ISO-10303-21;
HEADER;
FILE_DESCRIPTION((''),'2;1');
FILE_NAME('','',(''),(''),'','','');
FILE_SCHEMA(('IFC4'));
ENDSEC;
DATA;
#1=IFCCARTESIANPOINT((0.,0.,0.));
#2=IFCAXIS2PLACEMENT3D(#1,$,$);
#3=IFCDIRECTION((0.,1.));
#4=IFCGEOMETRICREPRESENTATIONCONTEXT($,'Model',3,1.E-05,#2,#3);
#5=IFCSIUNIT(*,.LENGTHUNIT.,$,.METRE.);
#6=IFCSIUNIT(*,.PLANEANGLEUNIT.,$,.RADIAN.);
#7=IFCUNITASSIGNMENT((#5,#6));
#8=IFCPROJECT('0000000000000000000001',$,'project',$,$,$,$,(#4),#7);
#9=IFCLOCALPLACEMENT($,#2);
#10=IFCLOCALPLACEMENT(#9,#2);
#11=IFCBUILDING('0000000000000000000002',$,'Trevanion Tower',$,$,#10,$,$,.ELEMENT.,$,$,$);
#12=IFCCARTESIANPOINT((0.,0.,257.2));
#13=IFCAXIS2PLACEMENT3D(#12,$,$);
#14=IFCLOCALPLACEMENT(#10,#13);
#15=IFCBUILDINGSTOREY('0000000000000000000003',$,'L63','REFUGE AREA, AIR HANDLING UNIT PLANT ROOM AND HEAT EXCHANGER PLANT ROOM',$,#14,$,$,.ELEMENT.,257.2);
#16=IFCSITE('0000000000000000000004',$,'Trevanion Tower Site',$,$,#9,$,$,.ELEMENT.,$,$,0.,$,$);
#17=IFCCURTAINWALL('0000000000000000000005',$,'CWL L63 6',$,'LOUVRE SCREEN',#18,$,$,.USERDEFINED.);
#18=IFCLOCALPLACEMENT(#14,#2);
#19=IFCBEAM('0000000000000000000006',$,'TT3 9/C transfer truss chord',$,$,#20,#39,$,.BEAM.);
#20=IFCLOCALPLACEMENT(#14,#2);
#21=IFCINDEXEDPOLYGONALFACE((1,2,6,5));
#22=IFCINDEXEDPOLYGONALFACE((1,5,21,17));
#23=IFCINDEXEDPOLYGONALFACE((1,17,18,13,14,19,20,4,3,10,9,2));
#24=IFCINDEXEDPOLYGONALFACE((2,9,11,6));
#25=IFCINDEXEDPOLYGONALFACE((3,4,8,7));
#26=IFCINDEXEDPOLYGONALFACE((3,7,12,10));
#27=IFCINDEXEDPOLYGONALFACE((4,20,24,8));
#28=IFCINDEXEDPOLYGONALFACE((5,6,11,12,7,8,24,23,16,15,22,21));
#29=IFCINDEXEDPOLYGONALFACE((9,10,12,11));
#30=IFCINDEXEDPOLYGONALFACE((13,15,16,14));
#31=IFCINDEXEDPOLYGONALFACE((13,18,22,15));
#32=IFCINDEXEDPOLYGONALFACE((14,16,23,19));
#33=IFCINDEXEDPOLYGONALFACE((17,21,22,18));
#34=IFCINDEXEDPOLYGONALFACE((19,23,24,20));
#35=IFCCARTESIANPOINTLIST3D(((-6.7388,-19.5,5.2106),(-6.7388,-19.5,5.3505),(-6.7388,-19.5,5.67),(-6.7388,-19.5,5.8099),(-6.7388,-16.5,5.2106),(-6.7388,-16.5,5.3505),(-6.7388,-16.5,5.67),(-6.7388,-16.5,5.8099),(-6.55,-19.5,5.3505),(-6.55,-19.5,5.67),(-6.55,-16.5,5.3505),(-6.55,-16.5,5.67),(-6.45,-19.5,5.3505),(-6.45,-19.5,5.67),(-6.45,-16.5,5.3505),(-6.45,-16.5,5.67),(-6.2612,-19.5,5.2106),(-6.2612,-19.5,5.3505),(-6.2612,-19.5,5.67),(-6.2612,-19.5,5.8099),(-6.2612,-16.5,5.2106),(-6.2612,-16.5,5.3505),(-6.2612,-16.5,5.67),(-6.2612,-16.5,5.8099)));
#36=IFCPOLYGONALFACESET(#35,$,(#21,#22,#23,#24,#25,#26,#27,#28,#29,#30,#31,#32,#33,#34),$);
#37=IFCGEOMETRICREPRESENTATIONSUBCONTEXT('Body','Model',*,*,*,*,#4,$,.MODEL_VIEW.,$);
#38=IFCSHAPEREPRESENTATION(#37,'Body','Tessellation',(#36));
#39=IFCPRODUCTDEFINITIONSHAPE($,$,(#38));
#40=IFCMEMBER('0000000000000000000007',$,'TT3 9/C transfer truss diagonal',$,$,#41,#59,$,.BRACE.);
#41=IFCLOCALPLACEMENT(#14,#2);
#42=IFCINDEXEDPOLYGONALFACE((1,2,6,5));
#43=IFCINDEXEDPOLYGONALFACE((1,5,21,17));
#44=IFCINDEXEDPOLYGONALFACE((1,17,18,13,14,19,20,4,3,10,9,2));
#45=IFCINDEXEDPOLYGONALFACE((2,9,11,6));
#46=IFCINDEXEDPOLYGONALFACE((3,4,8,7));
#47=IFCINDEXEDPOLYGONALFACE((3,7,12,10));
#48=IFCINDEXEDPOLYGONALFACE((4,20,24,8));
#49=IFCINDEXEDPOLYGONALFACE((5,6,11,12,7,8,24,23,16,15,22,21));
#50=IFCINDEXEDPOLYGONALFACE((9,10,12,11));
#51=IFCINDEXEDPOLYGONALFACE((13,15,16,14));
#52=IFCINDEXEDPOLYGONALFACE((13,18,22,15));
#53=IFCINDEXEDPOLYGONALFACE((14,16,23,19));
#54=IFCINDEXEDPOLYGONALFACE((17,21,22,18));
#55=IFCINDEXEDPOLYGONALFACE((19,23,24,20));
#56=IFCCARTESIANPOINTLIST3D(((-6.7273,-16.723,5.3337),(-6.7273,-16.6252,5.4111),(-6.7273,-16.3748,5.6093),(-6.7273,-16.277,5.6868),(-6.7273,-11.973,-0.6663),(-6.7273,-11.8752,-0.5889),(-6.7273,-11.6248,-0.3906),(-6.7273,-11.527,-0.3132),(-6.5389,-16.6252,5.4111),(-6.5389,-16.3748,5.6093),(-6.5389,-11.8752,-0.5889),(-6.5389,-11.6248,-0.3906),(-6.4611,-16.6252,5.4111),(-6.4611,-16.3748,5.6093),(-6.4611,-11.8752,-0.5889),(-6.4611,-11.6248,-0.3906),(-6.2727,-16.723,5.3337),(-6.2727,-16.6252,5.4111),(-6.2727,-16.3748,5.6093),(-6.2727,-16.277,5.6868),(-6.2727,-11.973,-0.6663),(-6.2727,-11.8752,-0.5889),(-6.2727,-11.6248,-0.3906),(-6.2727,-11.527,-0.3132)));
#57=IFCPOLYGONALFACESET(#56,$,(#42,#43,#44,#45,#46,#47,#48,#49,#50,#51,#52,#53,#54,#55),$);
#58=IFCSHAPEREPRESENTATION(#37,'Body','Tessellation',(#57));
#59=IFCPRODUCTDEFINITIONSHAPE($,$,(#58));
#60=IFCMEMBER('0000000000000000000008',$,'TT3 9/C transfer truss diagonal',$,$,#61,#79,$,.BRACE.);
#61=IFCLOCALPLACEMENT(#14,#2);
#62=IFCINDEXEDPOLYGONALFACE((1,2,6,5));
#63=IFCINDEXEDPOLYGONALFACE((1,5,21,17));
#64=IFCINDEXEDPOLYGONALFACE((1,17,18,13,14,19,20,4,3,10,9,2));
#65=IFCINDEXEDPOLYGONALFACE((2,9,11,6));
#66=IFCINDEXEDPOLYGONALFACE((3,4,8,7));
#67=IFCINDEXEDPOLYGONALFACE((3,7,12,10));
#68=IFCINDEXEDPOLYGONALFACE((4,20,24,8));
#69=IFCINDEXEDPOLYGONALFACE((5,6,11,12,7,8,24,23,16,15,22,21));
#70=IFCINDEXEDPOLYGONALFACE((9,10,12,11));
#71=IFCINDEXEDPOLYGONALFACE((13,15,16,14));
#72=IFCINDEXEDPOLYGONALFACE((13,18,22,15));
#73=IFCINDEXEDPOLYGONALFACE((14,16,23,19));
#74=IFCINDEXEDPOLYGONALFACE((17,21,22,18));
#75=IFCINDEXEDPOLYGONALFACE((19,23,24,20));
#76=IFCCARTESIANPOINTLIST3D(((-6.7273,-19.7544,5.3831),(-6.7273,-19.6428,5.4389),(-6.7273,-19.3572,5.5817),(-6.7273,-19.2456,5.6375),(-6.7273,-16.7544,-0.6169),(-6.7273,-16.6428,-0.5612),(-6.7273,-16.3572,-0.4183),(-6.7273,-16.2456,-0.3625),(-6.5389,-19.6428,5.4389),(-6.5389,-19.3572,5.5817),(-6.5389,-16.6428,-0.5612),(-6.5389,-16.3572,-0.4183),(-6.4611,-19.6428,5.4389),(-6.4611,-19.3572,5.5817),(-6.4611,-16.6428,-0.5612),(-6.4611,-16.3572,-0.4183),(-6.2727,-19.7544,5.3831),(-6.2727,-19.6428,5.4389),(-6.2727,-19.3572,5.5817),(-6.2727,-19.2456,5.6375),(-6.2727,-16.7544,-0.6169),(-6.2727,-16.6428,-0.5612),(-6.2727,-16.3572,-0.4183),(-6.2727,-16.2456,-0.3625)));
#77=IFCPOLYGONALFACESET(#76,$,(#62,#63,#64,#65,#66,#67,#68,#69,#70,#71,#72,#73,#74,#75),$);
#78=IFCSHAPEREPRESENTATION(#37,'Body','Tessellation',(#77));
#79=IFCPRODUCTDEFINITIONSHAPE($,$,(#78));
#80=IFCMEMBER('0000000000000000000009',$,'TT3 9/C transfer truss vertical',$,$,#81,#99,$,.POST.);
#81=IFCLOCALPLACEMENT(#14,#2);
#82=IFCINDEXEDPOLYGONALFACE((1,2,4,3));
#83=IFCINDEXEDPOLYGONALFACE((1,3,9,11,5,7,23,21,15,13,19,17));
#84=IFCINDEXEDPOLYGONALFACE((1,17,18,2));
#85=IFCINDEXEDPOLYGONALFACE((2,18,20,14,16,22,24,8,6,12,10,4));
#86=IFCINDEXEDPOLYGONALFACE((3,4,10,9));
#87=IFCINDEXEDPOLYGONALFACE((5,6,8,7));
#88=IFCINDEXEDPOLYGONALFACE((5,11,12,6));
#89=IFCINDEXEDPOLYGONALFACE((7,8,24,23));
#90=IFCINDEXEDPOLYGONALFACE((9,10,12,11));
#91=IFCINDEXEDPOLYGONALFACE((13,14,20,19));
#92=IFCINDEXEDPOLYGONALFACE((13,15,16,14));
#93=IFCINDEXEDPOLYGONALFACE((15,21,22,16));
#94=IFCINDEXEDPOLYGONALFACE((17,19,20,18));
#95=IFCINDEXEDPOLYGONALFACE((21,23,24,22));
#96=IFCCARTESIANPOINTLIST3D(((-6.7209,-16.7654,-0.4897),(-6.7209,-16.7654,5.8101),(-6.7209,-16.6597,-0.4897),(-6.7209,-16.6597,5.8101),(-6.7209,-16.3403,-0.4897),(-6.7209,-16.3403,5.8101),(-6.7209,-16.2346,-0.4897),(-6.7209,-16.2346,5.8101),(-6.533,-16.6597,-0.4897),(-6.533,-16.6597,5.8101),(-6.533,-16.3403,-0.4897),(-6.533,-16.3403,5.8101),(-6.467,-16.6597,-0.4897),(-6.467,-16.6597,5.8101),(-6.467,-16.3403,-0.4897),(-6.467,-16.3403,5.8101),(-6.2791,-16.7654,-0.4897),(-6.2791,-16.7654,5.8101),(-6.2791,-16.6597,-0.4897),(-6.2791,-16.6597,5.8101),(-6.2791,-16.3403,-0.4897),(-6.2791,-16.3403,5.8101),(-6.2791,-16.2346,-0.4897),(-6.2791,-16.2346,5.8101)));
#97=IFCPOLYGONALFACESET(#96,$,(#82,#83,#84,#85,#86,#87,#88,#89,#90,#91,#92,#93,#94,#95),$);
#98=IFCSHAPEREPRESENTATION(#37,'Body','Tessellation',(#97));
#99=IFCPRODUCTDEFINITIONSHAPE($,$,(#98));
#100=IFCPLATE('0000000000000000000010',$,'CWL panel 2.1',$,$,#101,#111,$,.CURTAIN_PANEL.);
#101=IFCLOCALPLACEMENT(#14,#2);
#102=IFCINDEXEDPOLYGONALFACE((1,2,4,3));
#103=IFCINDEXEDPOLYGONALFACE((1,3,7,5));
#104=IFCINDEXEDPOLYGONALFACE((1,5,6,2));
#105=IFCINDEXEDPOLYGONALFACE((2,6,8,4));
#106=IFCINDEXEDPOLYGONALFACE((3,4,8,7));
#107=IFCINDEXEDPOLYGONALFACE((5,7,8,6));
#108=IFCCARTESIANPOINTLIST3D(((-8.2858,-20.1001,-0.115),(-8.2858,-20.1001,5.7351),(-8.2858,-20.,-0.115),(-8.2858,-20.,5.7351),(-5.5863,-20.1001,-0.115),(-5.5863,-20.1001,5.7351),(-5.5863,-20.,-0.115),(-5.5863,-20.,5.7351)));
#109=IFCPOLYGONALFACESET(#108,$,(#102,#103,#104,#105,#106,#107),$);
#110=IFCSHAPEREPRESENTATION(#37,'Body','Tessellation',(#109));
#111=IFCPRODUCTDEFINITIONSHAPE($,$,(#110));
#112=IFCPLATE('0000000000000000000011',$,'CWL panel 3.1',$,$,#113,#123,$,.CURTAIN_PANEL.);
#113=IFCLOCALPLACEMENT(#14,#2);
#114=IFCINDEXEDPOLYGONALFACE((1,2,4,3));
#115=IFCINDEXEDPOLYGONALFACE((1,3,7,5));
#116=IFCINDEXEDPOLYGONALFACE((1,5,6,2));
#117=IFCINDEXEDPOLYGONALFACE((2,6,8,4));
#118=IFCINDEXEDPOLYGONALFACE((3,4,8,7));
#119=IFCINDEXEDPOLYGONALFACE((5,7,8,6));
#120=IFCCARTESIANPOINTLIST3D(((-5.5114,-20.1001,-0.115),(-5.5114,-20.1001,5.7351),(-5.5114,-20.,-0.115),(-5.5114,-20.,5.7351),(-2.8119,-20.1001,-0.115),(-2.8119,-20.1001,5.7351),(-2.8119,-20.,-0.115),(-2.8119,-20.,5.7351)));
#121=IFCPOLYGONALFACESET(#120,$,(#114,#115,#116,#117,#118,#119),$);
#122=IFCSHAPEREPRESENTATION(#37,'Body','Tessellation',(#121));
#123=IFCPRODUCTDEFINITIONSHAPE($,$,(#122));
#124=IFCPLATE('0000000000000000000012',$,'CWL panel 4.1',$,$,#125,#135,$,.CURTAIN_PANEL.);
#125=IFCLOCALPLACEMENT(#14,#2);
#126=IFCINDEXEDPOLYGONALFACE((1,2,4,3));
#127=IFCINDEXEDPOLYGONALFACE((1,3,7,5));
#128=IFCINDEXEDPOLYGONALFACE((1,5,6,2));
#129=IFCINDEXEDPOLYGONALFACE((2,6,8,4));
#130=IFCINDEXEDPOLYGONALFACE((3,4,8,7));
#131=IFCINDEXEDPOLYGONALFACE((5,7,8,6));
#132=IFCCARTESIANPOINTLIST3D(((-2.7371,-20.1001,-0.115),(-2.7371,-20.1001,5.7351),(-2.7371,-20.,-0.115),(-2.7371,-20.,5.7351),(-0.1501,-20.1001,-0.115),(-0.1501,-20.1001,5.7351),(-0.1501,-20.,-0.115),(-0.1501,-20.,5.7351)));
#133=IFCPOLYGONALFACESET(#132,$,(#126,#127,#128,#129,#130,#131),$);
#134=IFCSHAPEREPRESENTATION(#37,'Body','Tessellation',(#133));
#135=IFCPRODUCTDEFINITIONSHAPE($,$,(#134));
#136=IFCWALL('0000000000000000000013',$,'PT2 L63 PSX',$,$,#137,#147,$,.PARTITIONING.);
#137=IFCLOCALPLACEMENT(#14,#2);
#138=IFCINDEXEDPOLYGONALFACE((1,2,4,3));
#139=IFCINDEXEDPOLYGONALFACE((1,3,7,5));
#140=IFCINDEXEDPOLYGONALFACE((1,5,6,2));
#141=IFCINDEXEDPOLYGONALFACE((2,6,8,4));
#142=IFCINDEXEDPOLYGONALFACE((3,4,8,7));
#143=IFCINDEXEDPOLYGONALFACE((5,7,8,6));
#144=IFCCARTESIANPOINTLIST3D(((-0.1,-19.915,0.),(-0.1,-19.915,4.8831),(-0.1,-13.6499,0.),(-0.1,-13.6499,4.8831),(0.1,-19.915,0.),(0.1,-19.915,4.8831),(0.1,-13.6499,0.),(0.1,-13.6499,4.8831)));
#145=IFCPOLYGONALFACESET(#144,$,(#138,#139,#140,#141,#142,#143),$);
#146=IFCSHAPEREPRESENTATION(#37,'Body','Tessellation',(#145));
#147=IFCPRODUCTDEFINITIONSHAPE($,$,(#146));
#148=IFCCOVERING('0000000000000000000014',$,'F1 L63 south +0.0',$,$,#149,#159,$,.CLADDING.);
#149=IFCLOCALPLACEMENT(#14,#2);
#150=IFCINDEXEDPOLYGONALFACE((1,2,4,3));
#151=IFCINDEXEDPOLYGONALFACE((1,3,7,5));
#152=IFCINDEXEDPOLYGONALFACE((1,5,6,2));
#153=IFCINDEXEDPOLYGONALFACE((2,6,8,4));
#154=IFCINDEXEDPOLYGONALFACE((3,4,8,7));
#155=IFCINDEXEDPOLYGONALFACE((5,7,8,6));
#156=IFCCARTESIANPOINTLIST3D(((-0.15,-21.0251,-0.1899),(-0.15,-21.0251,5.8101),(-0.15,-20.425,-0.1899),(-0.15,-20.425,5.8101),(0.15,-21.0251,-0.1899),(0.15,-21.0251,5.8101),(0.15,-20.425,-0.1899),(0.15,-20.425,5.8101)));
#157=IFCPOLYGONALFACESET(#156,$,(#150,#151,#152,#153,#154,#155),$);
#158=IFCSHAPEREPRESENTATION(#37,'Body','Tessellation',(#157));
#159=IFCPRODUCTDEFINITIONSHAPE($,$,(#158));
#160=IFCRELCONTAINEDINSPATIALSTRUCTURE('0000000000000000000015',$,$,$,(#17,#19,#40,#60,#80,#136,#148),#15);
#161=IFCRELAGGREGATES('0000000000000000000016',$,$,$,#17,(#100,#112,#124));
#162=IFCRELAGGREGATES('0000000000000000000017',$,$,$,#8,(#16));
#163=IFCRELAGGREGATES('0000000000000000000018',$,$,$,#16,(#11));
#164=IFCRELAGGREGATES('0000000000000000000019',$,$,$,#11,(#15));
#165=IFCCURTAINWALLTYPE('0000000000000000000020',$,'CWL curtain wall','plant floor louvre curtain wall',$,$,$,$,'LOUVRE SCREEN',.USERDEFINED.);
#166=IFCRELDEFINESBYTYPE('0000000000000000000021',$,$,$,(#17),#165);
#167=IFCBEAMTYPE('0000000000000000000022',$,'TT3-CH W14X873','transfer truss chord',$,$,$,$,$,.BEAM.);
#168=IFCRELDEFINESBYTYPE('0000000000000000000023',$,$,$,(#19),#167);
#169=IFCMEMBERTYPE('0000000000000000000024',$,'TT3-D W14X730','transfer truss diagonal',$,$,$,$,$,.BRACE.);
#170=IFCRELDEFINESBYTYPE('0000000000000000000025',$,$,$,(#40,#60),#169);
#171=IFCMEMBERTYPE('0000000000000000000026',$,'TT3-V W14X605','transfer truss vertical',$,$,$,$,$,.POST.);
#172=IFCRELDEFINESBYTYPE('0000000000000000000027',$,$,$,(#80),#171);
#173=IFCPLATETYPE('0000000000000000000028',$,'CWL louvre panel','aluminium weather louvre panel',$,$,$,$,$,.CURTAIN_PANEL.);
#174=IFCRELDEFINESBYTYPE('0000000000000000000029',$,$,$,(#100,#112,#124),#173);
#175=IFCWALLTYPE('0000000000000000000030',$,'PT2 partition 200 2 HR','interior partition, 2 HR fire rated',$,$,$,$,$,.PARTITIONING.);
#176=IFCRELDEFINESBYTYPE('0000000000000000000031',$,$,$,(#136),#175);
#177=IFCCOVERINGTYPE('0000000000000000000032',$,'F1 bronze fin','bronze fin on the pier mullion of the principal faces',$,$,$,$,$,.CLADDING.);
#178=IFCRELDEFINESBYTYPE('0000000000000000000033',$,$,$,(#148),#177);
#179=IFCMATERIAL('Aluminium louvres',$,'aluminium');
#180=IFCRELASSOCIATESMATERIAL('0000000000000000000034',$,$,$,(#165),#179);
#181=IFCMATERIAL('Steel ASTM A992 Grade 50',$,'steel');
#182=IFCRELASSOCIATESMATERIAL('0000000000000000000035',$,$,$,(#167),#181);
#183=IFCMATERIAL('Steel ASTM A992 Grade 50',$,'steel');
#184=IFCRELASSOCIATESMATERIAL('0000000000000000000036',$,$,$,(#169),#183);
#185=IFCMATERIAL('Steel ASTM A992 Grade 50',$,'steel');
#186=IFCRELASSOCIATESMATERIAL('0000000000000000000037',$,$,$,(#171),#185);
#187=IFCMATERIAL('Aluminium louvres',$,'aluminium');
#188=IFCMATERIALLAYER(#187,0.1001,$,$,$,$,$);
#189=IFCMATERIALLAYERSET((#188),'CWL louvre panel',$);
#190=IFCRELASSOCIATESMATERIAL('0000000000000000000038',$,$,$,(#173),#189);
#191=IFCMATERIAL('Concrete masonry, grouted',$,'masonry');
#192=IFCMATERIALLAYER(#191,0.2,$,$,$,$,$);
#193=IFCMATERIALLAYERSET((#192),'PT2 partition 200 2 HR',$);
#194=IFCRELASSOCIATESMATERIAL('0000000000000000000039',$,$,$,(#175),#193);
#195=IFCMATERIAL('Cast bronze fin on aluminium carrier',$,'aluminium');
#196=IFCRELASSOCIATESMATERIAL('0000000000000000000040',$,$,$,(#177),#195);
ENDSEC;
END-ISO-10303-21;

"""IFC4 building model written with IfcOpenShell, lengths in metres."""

from ifc_helpers import new_model, si_unit, direction, frame, frame_2d, origin, origin_2d, place, context, subcontext, project, spatial, rectangle, i_section, extrude, material, layer, layer_set, material_profile, profile_set, type_object, element, aggregate, save


model = new_model("IFC4")

# Units and contexts
model_context = context("Model", 3, precision=1e-05, world=origin(), true_north=direction((0.0, 1.0)))
body_context = subcontext(model_context, "Body", "Model", "MODEL_VIEW")
ifc_project = project(units=[si_unit("LENGTHUNIT", "METRE"), si_unit("PLANEANGLEUNIT", "RADIAN")], contexts=[model_context])

# Site, building, storey
site_placement = place(None, origin())
site = spatial("IfcSite", under=ifc_project, at=site_placement, Name="Trevanion Tower Site", CompositionType="ELEMENT", RefElevation=0.0)
building_placement = place(site_placement, origin())
building = spatial("IfcBuilding", under=site, at=building_placement, Name="Trevanion Tower", CompositionType="ELEMENT")
storey_placement = place(building_placement, frame((0.0, 0.0, 257.2)))
storey = spatial("IfcBuildingStorey", under=building, at=storey_placement, Name="L63", Description="REFUGE AREA, AIR HANDLING UNIT PLANT ROOM AND HEAT EXCHANGER PLANT ROOM", CompositionType="ELEMENT", Elevation=257.2)

# Curtain wall
ifc_material_1 = material(Name="Aluminium louvres", Category="aluminium")
curtain_wall_type = type_object("IfcCurtainWallType", Name="CWL curtain wall", Description="plant floor louvre curtain wall", ElementType="LOUVRE SCREEN", PredefinedType="USERDEFINED", material=ifc_material_1)
curtain_wall_placement = place(storey_placement, origin())
curtain_wall = element("IfcCurtainWall", 1, at=curtain_wall_placement, inside=storey, type_object=curtain_wall_type, Name="CWL L63 6", ObjectType="LOUVRE SCREEN", PredefinedType="USERDEFINED")

# Beam
ifc_material_2 = material(Name="Steel ASTM A992 Grade 50", Category="steel")
ifc_material_profile_1 = material_profile(ifc_material_2, i_section(OverallWidth=0.4775, OverallDepth=0.5994, WebThickness=0.1001, FlangeThickness=0.1399, at=origin_2d()), Name="W14X873")
ifc_profile_set_1 = profile_set([ifc_material_profile_1], Name="Steel ASTM A992 Grade 50")
beam_type_1 = type_object("IfcBeamType", Name="TT3-CH W14X873", Description="transfer truss chord", PredefinedType="BEAM", material=ifc_profile_set_1)
beam_1_placement = place(storey_placement, frame((-6.5, -16.5, 5.5103), z_axis=(0.0, -1.0, 0.0), x_axis=(1.0, 0.0, 0.0)))
element("IfcBeam", 2, at=beam_1_placement, inside=storey, type_object=beam_type_1, Name="TT3 9/C transfer truss chord", PredefinedType="BEAM", context=body_context, shape_type="SweptSolid", body=[
    extrude(i_section(OverallWidth=0.4775, OverallDepth=0.5994, WebThickness=0.1001, FlangeThickness=0.1399, at=origin_2d()), origin(), (0.0, 0.0, 1.0), 3.0),
])

# Members
ifc_material_3 = material(Name="Steel ASTM A992 Grade 50", Category="steel")
ifc_material_profile_2 = material_profile(ifc_material_3, i_section(OverallWidth=0.4546, OverallDepth=0.5688, WebThickness=0.0779, FlangeThickness=0.1248, at=origin_2d()), Name="W14X730")
ifc_profile_set_2 = profile_set([ifc_material_profile_2], Name="Steel ASTM A992 Grade 50")
member_type_1 = type_object("IfcMemberType", Name="TT3-D W14X730", Description="transfer truss diagonal", PredefinedType="BRACE", material=ifc_profile_set_2)
member_1_placement = place(storey_placement, frame((-6.5, -11.75, -0.4897), z_axis=(0.0, -0.620703, 0.784046), x_axis=(1.0, 0.0, 0.0)))
element("IfcMember", 3, at=member_1_placement, inside=storey, type_object=member_type_1, Name="TT3 9/C transfer truss diagonal", PredefinedType="BRACE", context=body_context, shape_type="SweptSolid", body=[
    extrude(i_section(OverallWidth=0.4546, OverallDepth=0.5688, WebThickness=0.0779, FlangeThickness=0.1248, at=origin_2d()), origin(), (0.0, 0.0, 1.0), 7.6526),
])
member_2_placement = place(storey_placement, frame((-6.5, -16.5, -0.4897), z_axis=(0.0, -0.447214, 0.894427), x_axis=(1.0, 0.0, 0.0)))
element("IfcMember", 4, at=member_2_placement, inside=storey, type_object=member_type_1, Name="TT3 9/C transfer truss diagonal", PredefinedType="BRACE", context=body_context, shape_type="SweptSolid", body=[
    extrude(i_section(OverallWidth=0.4546, OverallDepth=0.5688, WebThickness=0.0779, FlangeThickness=0.1248, at=origin_2d()), origin(), (0.0, 0.0, 1.0), 6.7083),
])
ifc_material_4 = material(Name="Steel ASTM A992 Grade 50", Category="steel")
ifc_material_profile_3 = material_profile(ifc_material_4, i_section(OverallWidth=0.4419, OverallDepth=0.5308, WebThickness=0.0659, FlangeThickness=0.1057, at=origin_2d()), Name="W14X605")
ifc_profile_set_3 = profile_set([ifc_material_profile_3], Name="Steel ASTM A992 Grade 50")
member_type_2 = type_object("IfcMemberType", Name="TT3-V W14X605", Description="transfer truss vertical", PredefinedType="POST", material=ifc_profile_set_3)
member_3_placement = place(storey_placement, frame((-6.5, -16.5, -0.4897), z_axis=(0.0, 0.0, 1.0), x_axis=(1.0, 0.0, 0.0)))
element("IfcMember", 5, at=member_3_placement, inside=storey, type_object=member_type_2, Name="TT3 9/C transfer truss vertical", PredefinedType="POST", context=body_context, shape_type="SweptSolid", body=[
    extrude(i_section(OverallWidth=0.4419, OverallDepth=0.5308, WebThickness=0.0659, FlangeThickness=0.1057, at=origin_2d()), origin(), (0.0, 0.0, 1.0), 6.2998),
])

# Plates
ifc_material_5 = material(Name="Aluminium louvres", Category="aluminium")
ifc_layer_1 = layer(ifc_material_5, 0.1001)
ifc_layer_set_1 = layer_set([ifc_layer_1], Name="CWL louvre panel")
plate_type = type_object("IfcPlateType", Name="CWL louvre panel", Description="aluminium weather louvre panel", PredefinedType="CURTAIN_PANEL", material=ifc_layer_set_1)
plate_1_placement = place(storey_placement, frame((-6.936, -20.05, -0.115), z_axis=(0.0, 0.0, 1.0), x_axis=(1.0, 0.0, 0.0)))
plate_1 = element("IfcPlate", 6, at=plate_1_placement, type_object=plate_type, Name="CWL panel 2.1", PredefinedType="CURTAIN_PANEL", context=body_context, shape_type="SweptSolid", body=[
    extrude(rectangle(XDim=2.6995, YDim=0.1001, at=origin_2d()), origin(), (0.0, 0.0, 1.0), 5.8501),
])
plate_2_placement = place(storey_placement, frame((-4.1616, -20.05, -0.115), z_axis=(0.0, 0.0, 1.0), x_axis=(1.0, 0.0, 0.0)))
plate_2 = element("IfcPlate", 7, at=plate_2_placement, type_object=plate_type, Name="CWL panel 3.1", PredefinedType="CURTAIN_PANEL", context=body_context, shape_type="SweptSolid", body=[
    extrude(rectangle(XDim=2.6995, YDim=0.1001, at=origin_2d()), origin(), (0.0, 0.0, 1.0), 5.8501),
])
plate_3_placement = place(storey_placement, frame((-1.4436, -20.05, -0.115), z_axis=(0.0, 0.0, 1.0), x_axis=(1.0, 0.0, 0.0)))
plate_3 = element("IfcPlate", 8, at=plate_3_placement, type_object=plate_type, Name="CWL panel 4.1", PredefinedType="CURTAIN_PANEL", context=body_context, shape_type="SweptSolid", body=[
    extrude(rectangle(XDim=2.5869, YDim=0.1001, at=origin_2d()), origin(), (0.0, 0.0, 1.0), 5.8501),
])
aggregate(curtain_wall, [plate_1, plate_2, plate_3])

# Wall
ifc_material_6 = material(Name="Concrete masonry, grouted", Category="masonry")
ifc_layer_2 = layer(ifc_material_6, 0.2)
ifc_layer_set_2 = layer_set([ifc_layer_2], Name="PT2 partition 200 2 HR")
wall_type = type_object("IfcWallType", Name="PT2 partition 200 2 HR", Description="interior partition, 2 HR fire rated", PredefinedType="PARTITIONING", material=ifc_layer_set_2)
wall_placement = place(storey_placement, frame((0.0, -13.6499, 0.0), z_axis=(0.0, 0.0, 1.0), x_axis=(0.0, -1.0, 0.0)))
element("IfcWall", 9, at=wall_placement, inside=storey, type_object=wall_type, Name="PT2 L63 PSX", PredefinedType="PARTITIONING", context=body_context, shape_type="SweptSolid", body=[
    extrude(rectangle(XDim=6.2651, YDim=0.2, at=frame_2d((3.1326, 0.0))), origin(), (0.0, 0.0, 1.0), 4.8831),
])

# Covering
ifc_material_7 = material(Name="Cast bronze fin on aluminium carrier", Category="aluminium")
covering_type = type_object("IfcCoveringType", Name="F1 bronze fin", Description="bronze fin on the pier mullion of the principal faces", PredefinedType="CLADDING", material=ifc_material_7)
covering_placement = place(storey_placement, frame((0.0, -20.7251, -0.1899), z_axis=(0.0, 0.0, 1.0), x_axis=(1.0, 0.0, 0.0)))
element("IfcCovering", 10, at=covering_placement, inside=storey, type_object=covering_type, Name="F1 L63 south +0.0", PredefinedType="CLADDING", context=body_context, shape_type="SweptSolid", body=[
    extrude(rectangle(XDim=0.3, YDim=0.6001, at=origin_2d()), origin(), (0.0, 0.0, 1.0), 6.0),
])

save(model, "model.ifc")
